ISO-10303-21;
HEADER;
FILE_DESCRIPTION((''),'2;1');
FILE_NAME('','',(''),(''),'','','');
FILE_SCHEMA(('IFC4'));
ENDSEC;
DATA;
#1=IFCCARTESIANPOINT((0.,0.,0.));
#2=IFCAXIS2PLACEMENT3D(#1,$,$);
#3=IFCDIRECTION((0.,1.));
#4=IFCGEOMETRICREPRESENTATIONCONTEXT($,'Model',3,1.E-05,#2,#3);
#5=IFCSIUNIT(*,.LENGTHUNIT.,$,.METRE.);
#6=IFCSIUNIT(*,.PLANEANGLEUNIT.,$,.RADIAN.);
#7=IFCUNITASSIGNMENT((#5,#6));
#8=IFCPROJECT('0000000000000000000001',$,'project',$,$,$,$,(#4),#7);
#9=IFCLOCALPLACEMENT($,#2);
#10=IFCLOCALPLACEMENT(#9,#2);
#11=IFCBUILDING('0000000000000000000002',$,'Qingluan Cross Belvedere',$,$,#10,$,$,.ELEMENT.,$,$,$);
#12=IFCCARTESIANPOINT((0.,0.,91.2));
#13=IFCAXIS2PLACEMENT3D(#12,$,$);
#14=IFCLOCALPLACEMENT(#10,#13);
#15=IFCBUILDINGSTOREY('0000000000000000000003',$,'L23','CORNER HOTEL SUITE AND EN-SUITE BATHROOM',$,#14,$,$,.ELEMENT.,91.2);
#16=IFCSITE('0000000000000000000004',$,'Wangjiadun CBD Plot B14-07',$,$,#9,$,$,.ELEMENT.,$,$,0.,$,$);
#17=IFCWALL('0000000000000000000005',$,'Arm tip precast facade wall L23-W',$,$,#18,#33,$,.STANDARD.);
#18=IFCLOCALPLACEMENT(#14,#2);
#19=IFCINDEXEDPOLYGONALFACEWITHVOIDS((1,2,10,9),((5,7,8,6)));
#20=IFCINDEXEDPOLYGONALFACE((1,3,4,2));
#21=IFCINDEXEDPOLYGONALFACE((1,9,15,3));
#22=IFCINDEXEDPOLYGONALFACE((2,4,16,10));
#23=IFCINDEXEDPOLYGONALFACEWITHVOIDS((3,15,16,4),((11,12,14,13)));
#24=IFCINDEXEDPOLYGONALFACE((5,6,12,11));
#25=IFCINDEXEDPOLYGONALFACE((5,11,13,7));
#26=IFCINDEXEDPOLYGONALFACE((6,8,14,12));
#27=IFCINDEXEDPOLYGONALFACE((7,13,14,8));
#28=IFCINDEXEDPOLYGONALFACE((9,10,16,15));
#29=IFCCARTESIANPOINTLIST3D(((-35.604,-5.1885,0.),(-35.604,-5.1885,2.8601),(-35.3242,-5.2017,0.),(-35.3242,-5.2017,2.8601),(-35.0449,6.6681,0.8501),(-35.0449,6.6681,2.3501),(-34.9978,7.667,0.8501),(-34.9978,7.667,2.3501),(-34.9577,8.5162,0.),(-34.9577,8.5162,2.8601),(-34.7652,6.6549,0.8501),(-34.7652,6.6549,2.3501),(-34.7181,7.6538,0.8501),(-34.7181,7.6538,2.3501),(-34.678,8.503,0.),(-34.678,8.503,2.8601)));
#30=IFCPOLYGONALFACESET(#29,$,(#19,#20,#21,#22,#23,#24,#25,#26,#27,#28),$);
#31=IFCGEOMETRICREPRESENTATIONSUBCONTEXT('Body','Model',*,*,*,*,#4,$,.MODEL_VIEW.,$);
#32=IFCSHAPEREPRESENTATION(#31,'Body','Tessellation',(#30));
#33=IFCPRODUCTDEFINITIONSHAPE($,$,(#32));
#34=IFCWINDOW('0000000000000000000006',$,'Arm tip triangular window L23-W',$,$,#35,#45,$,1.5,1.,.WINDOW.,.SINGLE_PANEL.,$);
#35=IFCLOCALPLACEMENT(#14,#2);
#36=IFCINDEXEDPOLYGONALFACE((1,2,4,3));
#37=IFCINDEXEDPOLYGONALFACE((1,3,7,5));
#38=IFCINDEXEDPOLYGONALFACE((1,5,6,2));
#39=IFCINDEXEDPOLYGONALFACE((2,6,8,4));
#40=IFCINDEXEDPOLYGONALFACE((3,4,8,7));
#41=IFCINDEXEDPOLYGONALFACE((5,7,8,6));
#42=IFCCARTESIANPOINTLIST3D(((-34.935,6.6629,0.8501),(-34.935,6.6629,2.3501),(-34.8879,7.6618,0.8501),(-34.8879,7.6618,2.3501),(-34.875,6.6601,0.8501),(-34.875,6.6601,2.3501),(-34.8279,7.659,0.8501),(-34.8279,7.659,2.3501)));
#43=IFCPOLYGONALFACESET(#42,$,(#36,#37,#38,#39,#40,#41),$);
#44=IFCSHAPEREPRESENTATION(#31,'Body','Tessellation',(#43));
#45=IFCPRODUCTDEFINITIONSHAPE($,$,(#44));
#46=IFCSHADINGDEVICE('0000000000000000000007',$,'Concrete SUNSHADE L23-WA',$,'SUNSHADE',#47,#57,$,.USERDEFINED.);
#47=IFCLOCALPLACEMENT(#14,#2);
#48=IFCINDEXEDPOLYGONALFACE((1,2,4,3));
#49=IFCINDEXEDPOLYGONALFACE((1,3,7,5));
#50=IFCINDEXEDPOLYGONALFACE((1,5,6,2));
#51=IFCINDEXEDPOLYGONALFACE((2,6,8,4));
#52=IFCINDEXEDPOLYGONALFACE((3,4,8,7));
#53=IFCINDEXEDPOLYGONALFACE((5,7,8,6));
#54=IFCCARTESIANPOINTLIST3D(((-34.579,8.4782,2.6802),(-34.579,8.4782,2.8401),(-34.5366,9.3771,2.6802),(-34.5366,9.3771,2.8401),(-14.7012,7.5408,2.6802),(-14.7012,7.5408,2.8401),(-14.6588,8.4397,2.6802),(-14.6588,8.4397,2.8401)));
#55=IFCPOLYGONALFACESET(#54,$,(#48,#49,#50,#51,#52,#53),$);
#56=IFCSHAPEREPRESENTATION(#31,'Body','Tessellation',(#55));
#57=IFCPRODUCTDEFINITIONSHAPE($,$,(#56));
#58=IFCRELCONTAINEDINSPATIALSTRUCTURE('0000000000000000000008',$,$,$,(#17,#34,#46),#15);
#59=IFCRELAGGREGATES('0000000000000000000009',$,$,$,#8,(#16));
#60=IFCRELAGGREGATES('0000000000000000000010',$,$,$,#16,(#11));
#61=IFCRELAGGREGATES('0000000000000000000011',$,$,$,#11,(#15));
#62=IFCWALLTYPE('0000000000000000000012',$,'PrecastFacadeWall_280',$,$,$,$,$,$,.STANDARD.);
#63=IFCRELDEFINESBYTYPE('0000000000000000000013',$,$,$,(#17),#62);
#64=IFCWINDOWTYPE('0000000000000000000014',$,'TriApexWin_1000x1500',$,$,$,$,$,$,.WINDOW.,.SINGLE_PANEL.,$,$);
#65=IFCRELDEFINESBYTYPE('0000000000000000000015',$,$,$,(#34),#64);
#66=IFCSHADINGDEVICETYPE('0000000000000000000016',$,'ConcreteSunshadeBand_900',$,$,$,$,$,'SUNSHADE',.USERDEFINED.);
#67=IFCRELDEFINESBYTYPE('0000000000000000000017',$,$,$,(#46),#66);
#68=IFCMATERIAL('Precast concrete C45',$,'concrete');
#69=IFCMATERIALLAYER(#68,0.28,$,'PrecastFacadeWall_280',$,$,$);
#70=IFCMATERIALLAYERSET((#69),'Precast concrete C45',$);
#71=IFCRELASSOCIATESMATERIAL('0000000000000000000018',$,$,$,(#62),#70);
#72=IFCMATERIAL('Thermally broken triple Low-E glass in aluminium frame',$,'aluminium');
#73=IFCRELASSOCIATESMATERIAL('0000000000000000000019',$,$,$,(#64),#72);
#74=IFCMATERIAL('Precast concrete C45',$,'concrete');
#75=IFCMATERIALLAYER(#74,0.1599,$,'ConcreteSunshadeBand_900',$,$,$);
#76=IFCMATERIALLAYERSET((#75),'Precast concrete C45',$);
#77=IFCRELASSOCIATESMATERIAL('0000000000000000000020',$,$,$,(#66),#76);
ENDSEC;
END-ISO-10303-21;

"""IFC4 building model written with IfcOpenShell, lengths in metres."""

from ifc_helpers import new_model, si_unit, direction, frame, frame_2d, origin, origin_2d, place, context, subcontext, project, spatial, rectangle, extrude, material, layer, layer_set, type_object, element, fill, save


model = new_model("IFC4")

# Units and contexts
model_context = context("Model", 3, precision=1e-05, world=origin(), true_north=direction((0.0, 1.0)))
body_context = subcontext(model_context, "Body", "Model", "MODEL_VIEW")
ifc_project = project(units=[si_unit("LENGTHUNIT", "METRE"), si_unit("PLANEANGLEUNIT", "RADIAN")], contexts=[model_context])

# Site, building, storey
site_placement = place(None, origin())
site = spatial("IfcSite", under=ifc_project, at=site_placement, Name="Wangjiadun CBD Plot B14-07", CompositionType="ELEMENT", RefElevation=0.0)
building_placement = place(site_placement, origin())
building = spatial("IfcBuilding", under=site, at=building_placement, Name="Qingluan Cross Belvedere", CompositionType="ELEMENT")
storey_placement = place(building_placement, frame((0.0, 0.0, 91.2)))
storey = spatial("IfcBuildingStorey", under=building, at=storey_placement, Name="L23", Description="CORNER HOTEL SUITE AND EN-SUITE BATHROOM", CompositionType="ELEMENT", Elevation=91.2)

# Wall, opening, window
ifc_material_1 = material(Name="Precast concrete C45", Category="concrete")
ifc_layer_1 = layer(ifc_material_1, 0.28, Name="PrecastFacadeWall_280")
ifc_layer_set_1 = layer_set([ifc_layer_1], Name="Precast concrete C45")
wall_type_1 = type_object("IfcWallType", Name="PrecastFacadeWall_280", PredefinedType="STANDARD", material=ifc_layer_set_1)
wall_1_placement = place(storey_placement, frame((-34.8179, 8.5095, 0.0), z_axis=(0.0, 0.0, 1.0), x_axis=(-0.047102, -0.99889, 0.0)))
wall_1 = element("IfcWall", 1, at=wall_1_placement, inside=storey, type_object=wall_type_1, Name="Arm tip precast facade wall L23-W", PredefinedType="STANDARD", context=body_context, shape_type="SweptSolid", body=[
    extrude(rectangle(XDim=13.72, YDim=0.28, at=frame_2d((6.8599, 0.0))), origin(), (0.0, 0.0, 1.0), 2.8601),
])
opening_1_placement = place(wall_1_placement, frame((0.8501, 0.0, 0.8501)))
opening_1 = element("IfcOpeningElement", 2, at=opening_1_placement, cuts=wall_1, PredefinedType="OPENING", context=body_context, shape_type="SweptSolid", body=[
    extrude(rectangle(XDim=1.0, YDim=1.5, at=frame_2d((0.5, 0.75))), frame((0.0, 0.1499, 0.0), z_axis=(0.0, -1.0, 0.0), x_axis=(1.0, 0.0, 0.0)), (0.0, 0.0, 1.0), 0.3),
])
ifc_material_2 = material(Name="Thermally broken triple Low-E glass in aluminium frame", Category="aluminium")
window_type = type_object("IfcWindowType", Name="TriApexWin_1000x1500", PartitioningType="SINGLE_PANEL", PredefinedType="WINDOW", material=ifc_material_2)
window_placement = place(opening_1_placement, origin())
window = element("IfcWindow", 3, at=window_placement, inside=storey, type_object=window_type, Name="Arm tip triangular window L23-W", OverallHeight=1.5, OverallWidth=1.0, PartitioningType="SINGLE_PANEL", PredefinedType="WINDOW", context=body_context, shape_type="SweptSolid", body=[
    extrude(rectangle(XDim=1.0, YDim=1.5, at=frame_2d((0.5, 0.75))), frame((0.0, 0.03, 0.0), z_axis=(0.0, -1.0, 0.0), x_axis=(1.0, 0.0, 0.0)), (0.0, 0.0, 1.0), 0.0601),
])
fill(opening_1, window)

# Shading device
ifc_material_3 = material(Name="Precast concrete C45", Category="concrete")
ifc_layer_2 = layer(ifc_material_3, 0.1599, Name="ConcreteSunshadeBand_900")
ifc_layer_set_2 = layer_set([ifc_layer_2], Name="Precast concrete C45")
shading_device_type = type_object("IfcShadingDeviceType", Name="ConcreteSunshadeBand_900", ElementType="SUNSHADE", PredefinedType="USERDEFINED", material=ifc_layer_set_2)
shading_device_placement = place(storey_placement, frame((-24.6189, 8.459, 2.6802), z_axis=(0.0, 0.0, 1.0), x_axis=(-0.99889, 0.047105, 0.0)))
element("IfcShadingDevice", 4, at=shading_device_placement, inside=storey, type_object=shading_device_type, Name="Concrete SUNSHADE L23-WA", ObjectType="SUNSHADE", PredefinedType="USERDEFINED", context=body_context, shape_type="SweptSolid", body=[
    extrude(rectangle(XDim=19.8999, YDim=0.8999, at=origin_2d()), origin(), (0.0, 0.0, 1.0), 0.1599),
])

save(model, "model.ifc")
